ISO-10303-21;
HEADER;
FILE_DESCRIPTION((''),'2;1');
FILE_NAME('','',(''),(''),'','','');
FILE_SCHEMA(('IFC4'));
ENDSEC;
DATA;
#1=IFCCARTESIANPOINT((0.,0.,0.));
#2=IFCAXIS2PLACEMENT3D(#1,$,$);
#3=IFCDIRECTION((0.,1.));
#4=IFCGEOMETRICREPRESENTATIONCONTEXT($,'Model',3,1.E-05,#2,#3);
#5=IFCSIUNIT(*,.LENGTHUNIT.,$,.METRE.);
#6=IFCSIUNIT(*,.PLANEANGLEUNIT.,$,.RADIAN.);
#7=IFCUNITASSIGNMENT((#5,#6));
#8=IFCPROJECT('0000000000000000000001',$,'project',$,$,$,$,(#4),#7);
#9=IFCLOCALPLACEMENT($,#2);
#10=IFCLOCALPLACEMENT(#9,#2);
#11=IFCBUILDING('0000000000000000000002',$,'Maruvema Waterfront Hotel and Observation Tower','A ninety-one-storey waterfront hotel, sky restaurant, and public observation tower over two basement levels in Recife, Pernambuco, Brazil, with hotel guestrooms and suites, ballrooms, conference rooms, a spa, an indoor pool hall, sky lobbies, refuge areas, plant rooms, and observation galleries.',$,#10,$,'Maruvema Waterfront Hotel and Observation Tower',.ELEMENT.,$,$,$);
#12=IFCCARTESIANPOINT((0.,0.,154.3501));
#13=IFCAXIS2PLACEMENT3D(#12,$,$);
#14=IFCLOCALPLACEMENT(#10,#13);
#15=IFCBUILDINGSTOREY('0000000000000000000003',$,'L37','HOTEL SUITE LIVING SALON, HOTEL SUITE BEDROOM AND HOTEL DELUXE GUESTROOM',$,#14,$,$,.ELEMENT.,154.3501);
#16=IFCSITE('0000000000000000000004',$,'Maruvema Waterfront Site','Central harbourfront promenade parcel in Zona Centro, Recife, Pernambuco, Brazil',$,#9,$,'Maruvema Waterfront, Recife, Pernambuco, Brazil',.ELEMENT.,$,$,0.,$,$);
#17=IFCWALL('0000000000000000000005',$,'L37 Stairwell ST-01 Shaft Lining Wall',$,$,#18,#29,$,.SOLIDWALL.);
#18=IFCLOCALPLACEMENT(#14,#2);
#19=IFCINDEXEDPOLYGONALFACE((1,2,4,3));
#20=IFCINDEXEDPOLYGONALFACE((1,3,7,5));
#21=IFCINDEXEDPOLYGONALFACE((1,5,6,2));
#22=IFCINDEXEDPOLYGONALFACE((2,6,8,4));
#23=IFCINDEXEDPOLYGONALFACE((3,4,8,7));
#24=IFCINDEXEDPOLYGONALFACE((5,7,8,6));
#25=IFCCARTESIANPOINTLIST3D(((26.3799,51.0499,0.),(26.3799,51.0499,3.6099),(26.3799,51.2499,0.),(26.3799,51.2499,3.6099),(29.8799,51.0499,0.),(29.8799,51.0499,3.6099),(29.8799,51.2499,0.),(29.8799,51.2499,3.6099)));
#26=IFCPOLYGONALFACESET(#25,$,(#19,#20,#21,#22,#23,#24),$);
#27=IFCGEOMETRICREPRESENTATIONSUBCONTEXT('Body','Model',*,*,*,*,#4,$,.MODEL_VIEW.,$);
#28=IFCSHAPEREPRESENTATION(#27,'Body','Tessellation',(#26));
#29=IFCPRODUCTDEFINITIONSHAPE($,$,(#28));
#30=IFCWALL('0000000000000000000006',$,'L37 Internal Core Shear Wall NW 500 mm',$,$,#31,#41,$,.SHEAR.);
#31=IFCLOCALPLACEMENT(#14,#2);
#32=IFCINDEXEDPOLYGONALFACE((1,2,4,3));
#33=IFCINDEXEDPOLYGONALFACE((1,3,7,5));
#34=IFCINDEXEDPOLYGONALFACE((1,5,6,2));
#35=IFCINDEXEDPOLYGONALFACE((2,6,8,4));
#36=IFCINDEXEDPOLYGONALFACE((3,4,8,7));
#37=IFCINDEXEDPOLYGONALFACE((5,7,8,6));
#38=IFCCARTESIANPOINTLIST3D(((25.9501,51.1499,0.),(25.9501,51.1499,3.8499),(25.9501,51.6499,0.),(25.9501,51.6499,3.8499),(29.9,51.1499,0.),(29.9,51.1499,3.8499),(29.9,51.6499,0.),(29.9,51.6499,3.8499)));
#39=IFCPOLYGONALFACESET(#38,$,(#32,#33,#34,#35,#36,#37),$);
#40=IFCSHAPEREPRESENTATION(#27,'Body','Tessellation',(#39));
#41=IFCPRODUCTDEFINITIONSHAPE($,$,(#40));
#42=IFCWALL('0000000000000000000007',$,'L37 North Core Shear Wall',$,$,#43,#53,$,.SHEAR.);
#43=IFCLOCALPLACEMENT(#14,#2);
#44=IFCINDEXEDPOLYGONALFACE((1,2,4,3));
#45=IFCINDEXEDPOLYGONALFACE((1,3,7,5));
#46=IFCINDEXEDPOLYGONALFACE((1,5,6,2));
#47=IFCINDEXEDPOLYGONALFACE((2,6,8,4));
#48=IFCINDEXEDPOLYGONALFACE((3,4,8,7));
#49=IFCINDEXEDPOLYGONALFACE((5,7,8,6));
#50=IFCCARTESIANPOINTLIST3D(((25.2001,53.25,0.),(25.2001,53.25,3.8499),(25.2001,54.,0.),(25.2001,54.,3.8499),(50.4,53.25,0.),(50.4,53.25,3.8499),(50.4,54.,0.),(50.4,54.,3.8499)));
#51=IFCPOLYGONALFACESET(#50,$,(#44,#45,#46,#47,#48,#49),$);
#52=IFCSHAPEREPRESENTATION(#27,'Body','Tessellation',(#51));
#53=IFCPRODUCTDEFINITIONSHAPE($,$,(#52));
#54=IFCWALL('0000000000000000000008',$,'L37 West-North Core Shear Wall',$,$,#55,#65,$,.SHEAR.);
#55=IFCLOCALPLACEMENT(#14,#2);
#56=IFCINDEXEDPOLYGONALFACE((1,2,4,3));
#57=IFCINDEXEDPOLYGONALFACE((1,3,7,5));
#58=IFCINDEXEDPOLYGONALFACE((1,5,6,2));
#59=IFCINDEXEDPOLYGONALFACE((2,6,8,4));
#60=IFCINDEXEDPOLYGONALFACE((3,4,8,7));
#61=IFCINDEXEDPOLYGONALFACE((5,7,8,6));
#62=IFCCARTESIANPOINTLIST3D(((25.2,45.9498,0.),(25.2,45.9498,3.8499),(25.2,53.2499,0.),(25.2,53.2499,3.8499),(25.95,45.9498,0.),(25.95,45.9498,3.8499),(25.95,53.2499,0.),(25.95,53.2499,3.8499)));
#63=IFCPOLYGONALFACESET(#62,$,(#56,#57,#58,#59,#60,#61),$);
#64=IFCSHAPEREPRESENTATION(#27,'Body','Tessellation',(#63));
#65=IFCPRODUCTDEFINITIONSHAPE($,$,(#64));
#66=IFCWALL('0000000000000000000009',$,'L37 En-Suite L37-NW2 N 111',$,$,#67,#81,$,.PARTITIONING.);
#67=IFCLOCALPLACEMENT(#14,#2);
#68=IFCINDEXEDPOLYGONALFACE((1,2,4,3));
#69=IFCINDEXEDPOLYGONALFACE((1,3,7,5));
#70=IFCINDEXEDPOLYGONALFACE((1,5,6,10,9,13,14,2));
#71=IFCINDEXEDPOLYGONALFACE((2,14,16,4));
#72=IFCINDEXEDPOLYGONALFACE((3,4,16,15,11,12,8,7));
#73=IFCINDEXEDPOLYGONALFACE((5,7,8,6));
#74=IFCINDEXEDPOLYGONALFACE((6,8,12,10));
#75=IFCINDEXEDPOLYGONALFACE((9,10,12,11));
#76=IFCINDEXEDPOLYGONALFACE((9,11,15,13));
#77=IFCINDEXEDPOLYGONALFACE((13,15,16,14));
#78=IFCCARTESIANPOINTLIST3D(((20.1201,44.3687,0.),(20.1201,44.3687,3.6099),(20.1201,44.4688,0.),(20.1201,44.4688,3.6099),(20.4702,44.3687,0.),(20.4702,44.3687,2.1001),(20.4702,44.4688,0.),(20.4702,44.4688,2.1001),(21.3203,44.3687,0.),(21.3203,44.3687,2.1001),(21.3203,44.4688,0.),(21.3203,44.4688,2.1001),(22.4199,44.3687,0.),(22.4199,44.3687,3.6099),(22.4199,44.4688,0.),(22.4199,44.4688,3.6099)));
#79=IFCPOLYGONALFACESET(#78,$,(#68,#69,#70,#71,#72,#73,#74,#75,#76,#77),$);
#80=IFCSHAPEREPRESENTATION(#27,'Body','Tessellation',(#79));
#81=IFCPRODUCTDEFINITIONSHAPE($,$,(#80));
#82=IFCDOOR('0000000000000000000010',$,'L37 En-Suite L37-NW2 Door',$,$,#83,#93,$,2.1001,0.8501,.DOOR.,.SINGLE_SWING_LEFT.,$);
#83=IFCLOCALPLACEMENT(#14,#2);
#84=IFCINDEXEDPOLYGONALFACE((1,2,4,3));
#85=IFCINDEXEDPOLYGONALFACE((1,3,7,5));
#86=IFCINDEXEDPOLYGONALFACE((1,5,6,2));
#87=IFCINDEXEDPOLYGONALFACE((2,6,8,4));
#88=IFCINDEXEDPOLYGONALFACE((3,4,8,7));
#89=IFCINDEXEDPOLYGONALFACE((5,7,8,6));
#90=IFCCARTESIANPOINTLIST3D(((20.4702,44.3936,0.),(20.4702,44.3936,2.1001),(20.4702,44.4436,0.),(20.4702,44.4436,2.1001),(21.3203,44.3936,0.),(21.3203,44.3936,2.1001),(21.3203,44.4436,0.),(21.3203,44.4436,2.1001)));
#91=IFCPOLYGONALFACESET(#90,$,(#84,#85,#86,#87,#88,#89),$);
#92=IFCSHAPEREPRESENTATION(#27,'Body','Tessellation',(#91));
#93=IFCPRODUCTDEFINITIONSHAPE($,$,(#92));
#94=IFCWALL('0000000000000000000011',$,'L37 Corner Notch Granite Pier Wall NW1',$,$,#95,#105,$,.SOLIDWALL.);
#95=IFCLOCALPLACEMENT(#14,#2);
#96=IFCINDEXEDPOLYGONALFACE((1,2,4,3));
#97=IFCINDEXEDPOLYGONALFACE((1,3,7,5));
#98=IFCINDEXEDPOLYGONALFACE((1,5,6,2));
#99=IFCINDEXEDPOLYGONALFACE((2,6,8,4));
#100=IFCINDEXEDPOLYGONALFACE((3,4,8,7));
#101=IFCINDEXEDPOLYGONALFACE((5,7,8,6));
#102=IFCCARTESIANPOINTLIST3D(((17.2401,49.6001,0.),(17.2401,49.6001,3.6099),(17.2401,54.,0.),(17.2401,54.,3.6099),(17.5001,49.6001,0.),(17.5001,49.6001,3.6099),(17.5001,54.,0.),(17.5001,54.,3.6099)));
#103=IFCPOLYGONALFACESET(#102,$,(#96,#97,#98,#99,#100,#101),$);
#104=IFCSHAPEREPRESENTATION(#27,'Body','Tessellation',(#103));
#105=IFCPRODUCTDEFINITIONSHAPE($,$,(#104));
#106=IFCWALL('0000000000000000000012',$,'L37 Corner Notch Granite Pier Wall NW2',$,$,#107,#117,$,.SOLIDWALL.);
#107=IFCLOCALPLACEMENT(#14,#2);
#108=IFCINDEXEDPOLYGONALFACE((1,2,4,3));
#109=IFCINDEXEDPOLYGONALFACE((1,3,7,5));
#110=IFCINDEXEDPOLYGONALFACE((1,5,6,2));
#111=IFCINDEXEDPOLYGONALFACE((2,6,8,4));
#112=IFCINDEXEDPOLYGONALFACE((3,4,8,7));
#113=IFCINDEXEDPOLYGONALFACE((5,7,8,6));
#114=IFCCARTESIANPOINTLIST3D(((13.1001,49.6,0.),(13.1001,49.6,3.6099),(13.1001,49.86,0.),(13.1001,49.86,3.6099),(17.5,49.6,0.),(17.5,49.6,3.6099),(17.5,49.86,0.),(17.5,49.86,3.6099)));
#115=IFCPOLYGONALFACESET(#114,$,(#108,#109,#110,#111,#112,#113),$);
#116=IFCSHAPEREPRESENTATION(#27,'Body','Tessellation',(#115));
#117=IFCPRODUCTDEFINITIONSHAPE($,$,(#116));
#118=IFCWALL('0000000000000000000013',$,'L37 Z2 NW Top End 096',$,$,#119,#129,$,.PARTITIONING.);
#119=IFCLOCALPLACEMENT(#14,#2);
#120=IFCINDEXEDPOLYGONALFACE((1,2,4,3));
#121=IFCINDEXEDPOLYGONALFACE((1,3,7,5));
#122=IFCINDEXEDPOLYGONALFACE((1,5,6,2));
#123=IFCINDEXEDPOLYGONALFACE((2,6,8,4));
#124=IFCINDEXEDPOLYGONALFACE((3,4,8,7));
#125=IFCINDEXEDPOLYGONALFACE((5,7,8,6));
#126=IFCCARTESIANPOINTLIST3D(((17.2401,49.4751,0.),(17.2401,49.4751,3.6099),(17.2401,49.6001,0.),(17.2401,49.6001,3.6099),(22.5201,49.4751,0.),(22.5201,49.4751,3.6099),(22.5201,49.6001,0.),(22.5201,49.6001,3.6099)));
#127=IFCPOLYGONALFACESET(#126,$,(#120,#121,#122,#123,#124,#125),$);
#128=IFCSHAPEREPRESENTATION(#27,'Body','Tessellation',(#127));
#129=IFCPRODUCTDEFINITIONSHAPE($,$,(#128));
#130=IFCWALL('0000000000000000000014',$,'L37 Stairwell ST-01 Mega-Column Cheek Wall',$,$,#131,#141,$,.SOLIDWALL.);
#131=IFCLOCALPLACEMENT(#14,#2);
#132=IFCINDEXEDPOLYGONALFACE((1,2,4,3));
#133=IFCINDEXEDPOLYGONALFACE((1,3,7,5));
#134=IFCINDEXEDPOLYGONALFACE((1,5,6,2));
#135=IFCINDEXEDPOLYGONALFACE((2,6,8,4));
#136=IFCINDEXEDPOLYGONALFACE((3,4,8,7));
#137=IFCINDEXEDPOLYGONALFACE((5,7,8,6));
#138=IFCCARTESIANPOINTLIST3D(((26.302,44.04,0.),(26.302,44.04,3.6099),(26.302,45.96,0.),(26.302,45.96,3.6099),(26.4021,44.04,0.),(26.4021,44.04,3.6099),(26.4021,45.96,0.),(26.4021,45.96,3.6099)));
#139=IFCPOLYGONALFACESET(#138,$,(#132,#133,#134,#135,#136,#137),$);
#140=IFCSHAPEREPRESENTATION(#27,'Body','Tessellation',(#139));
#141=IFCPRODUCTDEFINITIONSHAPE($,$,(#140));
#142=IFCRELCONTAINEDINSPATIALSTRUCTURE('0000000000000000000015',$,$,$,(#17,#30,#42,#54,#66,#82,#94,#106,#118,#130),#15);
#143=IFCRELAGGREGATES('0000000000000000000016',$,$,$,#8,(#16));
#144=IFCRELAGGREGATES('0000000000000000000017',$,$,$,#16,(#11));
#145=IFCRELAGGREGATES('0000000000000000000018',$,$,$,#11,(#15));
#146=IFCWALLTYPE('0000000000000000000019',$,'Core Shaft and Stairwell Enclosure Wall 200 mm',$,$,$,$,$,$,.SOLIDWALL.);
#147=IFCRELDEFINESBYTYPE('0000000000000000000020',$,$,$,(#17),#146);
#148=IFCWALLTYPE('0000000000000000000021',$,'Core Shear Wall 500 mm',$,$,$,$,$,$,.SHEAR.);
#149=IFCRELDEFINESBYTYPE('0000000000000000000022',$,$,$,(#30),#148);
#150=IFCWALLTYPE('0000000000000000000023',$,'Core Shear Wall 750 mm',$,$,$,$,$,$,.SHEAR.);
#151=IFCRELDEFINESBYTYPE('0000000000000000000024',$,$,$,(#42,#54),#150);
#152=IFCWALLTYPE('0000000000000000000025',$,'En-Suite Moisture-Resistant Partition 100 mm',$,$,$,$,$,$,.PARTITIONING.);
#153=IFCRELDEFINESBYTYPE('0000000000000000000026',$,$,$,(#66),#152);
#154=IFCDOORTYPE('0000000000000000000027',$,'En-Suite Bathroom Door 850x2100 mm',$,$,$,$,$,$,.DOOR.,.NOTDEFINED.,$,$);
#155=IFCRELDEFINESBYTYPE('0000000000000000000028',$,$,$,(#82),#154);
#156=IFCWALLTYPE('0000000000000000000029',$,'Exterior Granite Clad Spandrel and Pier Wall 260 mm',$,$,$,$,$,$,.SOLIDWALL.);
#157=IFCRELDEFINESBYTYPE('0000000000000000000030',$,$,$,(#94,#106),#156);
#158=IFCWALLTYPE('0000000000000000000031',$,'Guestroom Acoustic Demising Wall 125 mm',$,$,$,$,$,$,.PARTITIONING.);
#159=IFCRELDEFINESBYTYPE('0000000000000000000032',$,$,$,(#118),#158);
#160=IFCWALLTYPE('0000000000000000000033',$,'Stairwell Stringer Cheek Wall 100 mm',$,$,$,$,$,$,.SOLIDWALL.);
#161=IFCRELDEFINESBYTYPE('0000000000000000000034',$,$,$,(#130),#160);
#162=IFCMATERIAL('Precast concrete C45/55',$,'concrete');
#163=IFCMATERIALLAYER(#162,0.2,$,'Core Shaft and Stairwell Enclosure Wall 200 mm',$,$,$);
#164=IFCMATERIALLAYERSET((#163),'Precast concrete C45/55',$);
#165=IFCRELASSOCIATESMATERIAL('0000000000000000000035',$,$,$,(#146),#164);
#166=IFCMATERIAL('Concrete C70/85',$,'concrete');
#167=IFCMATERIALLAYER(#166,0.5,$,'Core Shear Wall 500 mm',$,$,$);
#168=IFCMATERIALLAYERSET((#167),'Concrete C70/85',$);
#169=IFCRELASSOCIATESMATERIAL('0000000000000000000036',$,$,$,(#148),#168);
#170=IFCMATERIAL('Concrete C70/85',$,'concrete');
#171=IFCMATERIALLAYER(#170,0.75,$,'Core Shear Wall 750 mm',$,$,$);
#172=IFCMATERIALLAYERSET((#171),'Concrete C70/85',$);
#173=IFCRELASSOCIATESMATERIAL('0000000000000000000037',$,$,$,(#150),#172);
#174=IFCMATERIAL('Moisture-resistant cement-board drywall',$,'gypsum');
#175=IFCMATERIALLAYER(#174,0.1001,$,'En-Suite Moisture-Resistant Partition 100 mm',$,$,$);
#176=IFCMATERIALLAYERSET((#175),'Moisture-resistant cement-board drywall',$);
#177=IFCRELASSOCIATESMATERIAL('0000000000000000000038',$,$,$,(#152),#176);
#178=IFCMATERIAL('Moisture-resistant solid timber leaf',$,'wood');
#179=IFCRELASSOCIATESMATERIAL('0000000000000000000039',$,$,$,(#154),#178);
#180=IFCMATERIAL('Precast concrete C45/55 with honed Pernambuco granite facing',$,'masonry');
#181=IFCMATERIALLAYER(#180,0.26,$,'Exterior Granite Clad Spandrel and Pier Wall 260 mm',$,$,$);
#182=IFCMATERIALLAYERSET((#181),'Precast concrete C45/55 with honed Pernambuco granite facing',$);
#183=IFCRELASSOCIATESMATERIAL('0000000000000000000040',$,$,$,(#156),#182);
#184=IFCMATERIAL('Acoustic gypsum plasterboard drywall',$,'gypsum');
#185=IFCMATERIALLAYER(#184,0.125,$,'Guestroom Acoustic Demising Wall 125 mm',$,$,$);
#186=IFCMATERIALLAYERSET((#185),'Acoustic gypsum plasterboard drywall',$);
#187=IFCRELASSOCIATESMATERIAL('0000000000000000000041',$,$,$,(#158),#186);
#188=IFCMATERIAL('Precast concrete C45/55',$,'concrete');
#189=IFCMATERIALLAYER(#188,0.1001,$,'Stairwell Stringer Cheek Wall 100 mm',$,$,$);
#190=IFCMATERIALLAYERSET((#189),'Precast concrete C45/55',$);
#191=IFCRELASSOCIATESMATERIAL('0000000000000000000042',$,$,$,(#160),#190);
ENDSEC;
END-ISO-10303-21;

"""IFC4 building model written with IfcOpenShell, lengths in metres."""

from ifc_helpers import new_model, si_unit, direction, frame, frame_2d, origin, place, context, subcontext, project, spatial, rectangle, extrude, material, layer, layer_set, type_object, element, fill, save


model = new_model("IFC4")

# Units and contexts
model_context = context("Model", 3, precision=1e-05, world=origin(), true_north=direction((0.0, 1.0)))
body_context = subcontext(model_context, "Body", "Model", "MODEL_VIEW")
ifc_project = project(units=[si_unit("LENGTHUNIT", "METRE"), si_unit("PLANEANGLEUNIT", "RADIAN")], contexts=[model_context])

# Site, building, storey
site_placement = place(None, origin())
site = spatial("IfcSite", under=ifc_project, at=site_placement, Name="Maruvema Waterfront Site", Description="Central harbourfront promenade parcel in Zona Centro, Recife, Pernambuco, Brazil", LongName="Maruvema Waterfront, Recife, Pernambuco, Brazil", CompositionType="ELEMENT", RefElevation=0.0)
building_placement = place(site_placement, origin())
building = spatial("IfcBuilding", under=site, at=building_placement, Name="Maruvema Waterfront Hotel and Observation Tower", Description="A ninety-one-storey waterfront hotel, sky restaurant, and public observation tower over two basement levels in Recife, Pernambuco, Brazil, with hotel guestrooms and suites, ballrooms, conference rooms, a spa, an indoor pool hall, sky lobbies, refuge areas, plant rooms, and observation galleries.", LongName="Maruvema Waterfront Hotel and Observation Tower", CompositionType="ELEMENT")
storey_placement = place(building_placement, frame((0.0, 0.0, 154.3501)))
storey = spatial("IfcBuildingStorey", under=building, at=storey_placement, Name="L37", Description="HOTEL SUITE LIVING SALON, HOTEL SUITE BEDROOM AND HOTEL DELUXE GUESTROOM", CompositionType="ELEMENT", Elevation=154.3501)

# Walls
ifc_material_1 = material(Name="Precast concrete C45/55", Category="concrete")
ifc_layer_1 = layer(ifc_material_1, 0.2, Name="Core Shaft and Stairwell Enclosure Wall 200 mm")
ifc_layer_set_1 = layer_set([ifc_layer_1], Name="Precast concrete C45/55")
wall_type_1 = type_object("IfcWallType", Name="Core Shaft and Stairwell Enclosure Wall 200 mm", PredefinedType="SOLIDWALL", material=ifc_layer_set_1)
wall_1_placement = place(storey_placement, frame((26.3799, 51.1499, 0.0), z_axis=(0.0, 0.0, 1.0), x_axis=(1.0, 0.0, 0.0)))
element("IfcWall", 1, at=wall_1_placement, inside=storey, type_object=wall_type_1, Name="L37 Stairwell ST-01 Shaft Lining Wall", PredefinedType="SOLIDWALL", context=body_context, shape_type="SweptSolid", body=[
    extrude(rectangle(XDim=3.5, YDim=0.2, at=frame_2d((1.75, 0.0))), origin(), (0.0, 0.0, 1.0), 3.6099),
])
ifc_material_2 = material(Name="Concrete C70/85", Category="concrete")
ifc_layer_2 = layer(ifc_material_2, 0.5, Name="Core Shear Wall 500 mm")
ifc_layer_set_2 = layer_set([ifc_layer_2], Name="Concrete C70/85")
wall_type_2 = type_object("IfcWallType", Name="Core Shear Wall 500 mm", PredefinedType="SHEAR", material=ifc_layer_set_2)
wall_2_placement = place(storey_placement, frame((25.95, 51.3999, 0.0), z_axis=(0.0, 0.0, 1.0), x_axis=(1.0, 0.0, 0.0)))
element("IfcWall", 2, at=wall_2_placement, inside=storey, type_object=wall_type_2, Name="L37 Internal Core Shear Wall NW 500 mm", PredefinedType="SHEAR", context=body_context, shape_type="SweptSolid", body=[
    extrude(rectangle(XDim=3.95, YDim=0.5, at=frame_2d((1.9751, 0.0))), origin(), (0.0, 0.0, 1.0), 3.8499),
])
ifc_material_3 = material(Name="Concrete C70/85", Category="concrete")
ifc_layer_3 = layer(ifc_material_3, 0.75, Name="Core Shear Wall 750 mm")
ifc_layer_set_3 = layer_set([ifc_layer_3], Name="Concrete C70/85")
wall_type_3 = type_object("IfcWallType", Name="Core Shear Wall 750 mm", PredefinedType="SHEAR", material=ifc_layer_set_3)
wall_3_placement = place(storey_placement, frame((25.2, 53.625, 0.0), z_axis=(0.0, 0.0, 1.0), x_axis=(1.0, 0.0, 0.0)))
element("IfcWall", 3, at=wall_3_placement, inside=storey, type_object=wall_type_3, Name="L37 North Core Shear Wall", PredefinedType="SHEAR", context=body_context, shape_type="SweptSolid", body=[
    extrude(rectangle(XDim=25.2, YDim=0.75, at=frame_2d((12.6001, 0.0))), origin(), (0.0, 0.0, 1.0), 3.8499),
])
wall_4_placement = place(storey_placement, frame((25.575, 45.95, 0.0), z_axis=(0.0, 0.0, 1.0), x_axis=(0.0, 1.0, 0.0)))
element("IfcWall", 4, at=wall_4_placement, inside=storey, type_object=wall_type_3, Name="L37 West-North Core Shear Wall", PredefinedType="SHEAR", context=body_context, shape_type="SweptSolid", body=[
    extrude(rectangle(XDim=7.3, YDim=0.75, at=frame_2d((3.6499, 0.0))), origin(), (0.0, 0.0, 1.0), 3.8499),
])

# Wall, opening, door
ifc_material_4 = material(Name="Moisture-resistant cement-board drywall", Category="gypsum")
ifc_layer_4 = layer(ifc_material_4, 0.1001, Name="En-Suite Moisture-Resistant Partition 100 mm")
ifc_layer_set_4 = layer_set([ifc_layer_4], Name="Moisture-resistant cement-board drywall")
wall_type_4 = type_object("IfcWallType", Name="En-Suite Moisture-Resistant Partition 100 mm", PredefinedType="PARTITIONING", material=ifc_layer_set_4)
wall_5_placement = place(storey_placement, frame((20.1201, 44.4187, 0.0), z_axis=(0.0, 0.0, 1.0), x_axis=(1.0, 0.0, 0.0)))
wall_5 = element("IfcWall", 5, at=wall_5_placement, inside=storey, type_object=wall_type_4, Name="L37 En-Suite L37-NW2 N 111", PredefinedType="PARTITIONING", context=body_context, shape_type="SweptSolid", body=[
    extrude(rectangle(XDim=2.2998, YDim=0.1001, at=frame_2d((1.1499, 0.0))), origin(), (0.0, 0.0, 1.0), 3.6099),
])
opening_1_placement = place(wall_5_placement, frame((0.3501, 0.0, 0.0)))
opening_1 = element("IfcOpeningElement", 6, at=opening_1_placement, cuts=wall_5, PredefinedType="OPENING", context=body_context, shape_type="SweptSolid", body=[
    extrude(rectangle(XDim=0.8501, YDim=2.1001, at=frame_2d((0.425, 1.05))), frame((0.0, 0.0601, 0.0), z_axis=(0.0, -1.0, 0.0), x_axis=(1.0, 0.0, 0.0)), (0.0, 0.0, 1.0), 0.1201),
])
ifc_material_5 = material(Name="Moisture-resistant solid timber leaf", Category="wood")
door_type_1 = type_object("IfcDoorType", Name="En-Suite Bathroom Door 850x2100 mm", OperationType="NOTDEFINED", PredefinedType="DOOR", material=ifc_material_5)
door_1_placement = place(opening_1_placement, origin())
door_1 = element("IfcDoor", 7, at=door_1_placement, inside=storey, type_object=door_type_1, Name="L37 En-Suite L37-NW2 Door", OperationType="SINGLE_SWING_LEFT", OverallHeight=2.1001, OverallWidth=0.8501, PredefinedType="DOOR", context=body_context, shape_type="SweptSolid", body=[
    extrude(rectangle(XDim=0.8501, YDim=2.1001, at=frame_2d((0.425, 1.05))), frame((0.0, 0.0249, 0.0), z_axis=(0.0, -1.0, 0.0), x_axis=(1.0, 0.0, 0.0)), (0.0, 0.0, 1.0), 0.05),
])
fill(opening_1, door_1)

# Walls
ifc_material_6 = material(Name="Precast concrete C45/55 with honed Pernambuco granite facing", Category="masonry")
ifc_layer_5 = layer(ifc_material_6, 0.26, Name="Exterior Granite Clad Spandrel and Pier Wall 260 mm")
ifc_layer_set_5 = layer_set([ifc_layer_5], Name="Precast concrete C45/55 with honed Pernambuco granite facing")
wall_type_5 = type_object("IfcWallType", Name="Exterior Granite Clad Spandrel and Pier Wall 260 mm", PredefinedType="SOLIDWALL", material=ifc_layer_set_5)
for number, where, z_axis, x_axis, name in (
    (8, (17.3701, 49.6001, 0.0), (0.0, 0.0, 1.0), (0.0, 1.0, 0.0), "L37 Corner Notch Granite Pier Wall NW1"),
    (9, (13.1001, 49.73, 0.0), (0.0, 0.0, 1.0), (1.0, 0.0, 0.0), "L37 Corner Notch Granite Pier Wall NW2"),
):
    element("IfcWall", number, at=place(storey_placement, frame(where, z_axis=z_axis, x_axis=x_axis)), inside=storey, type_object=wall_type_5, Name=name, PredefinedType="SOLIDWALL", context=body_context, shape_type="SweptSolid", body=[
        extrude(rectangle(XDim=4.3999, YDim=0.26, at=frame_2d((2.2, 0.0))), origin(), (0.0, 0.0, 1.0), 3.6099),
    ])
ifc_material_7 = material(Name="Acoustic gypsum plasterboard drywall", Category="gypsum")
ifc_layer_6 = layer(ifc_material_7, 0.125, Name="Guestroom Acoustic Demising Wall 125 mm")
ifc_layer_set_6 = layer_set([ifc_layer_6], Name="Acoustic gypsum plasterboard drywall")
wall_type_6 = type_object("IfcWallType", Name="Guestroom Acoustic Demising Wall 125 mm", PredefinedType="PARTITIONING", material=ifc_layer_set_6)
wall_6_placement = place(storey_placement, frame((17.24, 49.5376, 0.0), z_axis=(0.0, 0.0, 1.0), x_axis=(1.0, 0.0, 0.0)))
element("IfcWall", 10, at=wall_6_placement, inside=storey, type_object=wall_type_6, Name="L37 Z2 NW Top End 096", PredefinedType="PARTITIONING", context=body_context, shape_type="SweptSolid", body=[
    extrude(rectangle(XDim=5.28, YDim=0.125, at=frame_2d((2.6401, 0.0))), origin(), (0.0, 0.0, 1.0), 3.6099),
])
ifc_material_8 = material(Name="Precast concrete C45/55", Category="concrete")
ifc_layer_7 = layer(ifc_material_8, 0.1001, Name="Stairwell Stringer Cheek Wall 100 mm")
ifc_layer_set_7 = layer_set([ifc_layer_7], Name="Precast concrete C45/55")
wall_type_7 = type_object("IfcWallType", Name="Stairwell Stringer Cheek Wall 100 mm", PredefinedType="SOLIDWALL", material=ifc_layer_set_7)
wall_7_placement = place(storey_placement, frame((26.3521, 44.04, 0.0), z_axis=(0.0, 0.0, 1.0), x_axis=(0.0, 1.0, 0.0)))
element("IfcWall", 11, at=wall_7_placement, inside=storey, type_object=wall_type_7, Name="L37 Stairwell ST-01 Mega-Column Cheek Wall", PredefinedType="SOLIDWALL", context=body_context, shape_type="SweptSolid", body=[
    extrude(rectangle(XDim=1.9199, YDim=0.1001, at=frame_2d((0.96, 0.0))), origin(), (0.0, 0.0, 1.0), 3.6099),
])

save(model, "model.ifc")
